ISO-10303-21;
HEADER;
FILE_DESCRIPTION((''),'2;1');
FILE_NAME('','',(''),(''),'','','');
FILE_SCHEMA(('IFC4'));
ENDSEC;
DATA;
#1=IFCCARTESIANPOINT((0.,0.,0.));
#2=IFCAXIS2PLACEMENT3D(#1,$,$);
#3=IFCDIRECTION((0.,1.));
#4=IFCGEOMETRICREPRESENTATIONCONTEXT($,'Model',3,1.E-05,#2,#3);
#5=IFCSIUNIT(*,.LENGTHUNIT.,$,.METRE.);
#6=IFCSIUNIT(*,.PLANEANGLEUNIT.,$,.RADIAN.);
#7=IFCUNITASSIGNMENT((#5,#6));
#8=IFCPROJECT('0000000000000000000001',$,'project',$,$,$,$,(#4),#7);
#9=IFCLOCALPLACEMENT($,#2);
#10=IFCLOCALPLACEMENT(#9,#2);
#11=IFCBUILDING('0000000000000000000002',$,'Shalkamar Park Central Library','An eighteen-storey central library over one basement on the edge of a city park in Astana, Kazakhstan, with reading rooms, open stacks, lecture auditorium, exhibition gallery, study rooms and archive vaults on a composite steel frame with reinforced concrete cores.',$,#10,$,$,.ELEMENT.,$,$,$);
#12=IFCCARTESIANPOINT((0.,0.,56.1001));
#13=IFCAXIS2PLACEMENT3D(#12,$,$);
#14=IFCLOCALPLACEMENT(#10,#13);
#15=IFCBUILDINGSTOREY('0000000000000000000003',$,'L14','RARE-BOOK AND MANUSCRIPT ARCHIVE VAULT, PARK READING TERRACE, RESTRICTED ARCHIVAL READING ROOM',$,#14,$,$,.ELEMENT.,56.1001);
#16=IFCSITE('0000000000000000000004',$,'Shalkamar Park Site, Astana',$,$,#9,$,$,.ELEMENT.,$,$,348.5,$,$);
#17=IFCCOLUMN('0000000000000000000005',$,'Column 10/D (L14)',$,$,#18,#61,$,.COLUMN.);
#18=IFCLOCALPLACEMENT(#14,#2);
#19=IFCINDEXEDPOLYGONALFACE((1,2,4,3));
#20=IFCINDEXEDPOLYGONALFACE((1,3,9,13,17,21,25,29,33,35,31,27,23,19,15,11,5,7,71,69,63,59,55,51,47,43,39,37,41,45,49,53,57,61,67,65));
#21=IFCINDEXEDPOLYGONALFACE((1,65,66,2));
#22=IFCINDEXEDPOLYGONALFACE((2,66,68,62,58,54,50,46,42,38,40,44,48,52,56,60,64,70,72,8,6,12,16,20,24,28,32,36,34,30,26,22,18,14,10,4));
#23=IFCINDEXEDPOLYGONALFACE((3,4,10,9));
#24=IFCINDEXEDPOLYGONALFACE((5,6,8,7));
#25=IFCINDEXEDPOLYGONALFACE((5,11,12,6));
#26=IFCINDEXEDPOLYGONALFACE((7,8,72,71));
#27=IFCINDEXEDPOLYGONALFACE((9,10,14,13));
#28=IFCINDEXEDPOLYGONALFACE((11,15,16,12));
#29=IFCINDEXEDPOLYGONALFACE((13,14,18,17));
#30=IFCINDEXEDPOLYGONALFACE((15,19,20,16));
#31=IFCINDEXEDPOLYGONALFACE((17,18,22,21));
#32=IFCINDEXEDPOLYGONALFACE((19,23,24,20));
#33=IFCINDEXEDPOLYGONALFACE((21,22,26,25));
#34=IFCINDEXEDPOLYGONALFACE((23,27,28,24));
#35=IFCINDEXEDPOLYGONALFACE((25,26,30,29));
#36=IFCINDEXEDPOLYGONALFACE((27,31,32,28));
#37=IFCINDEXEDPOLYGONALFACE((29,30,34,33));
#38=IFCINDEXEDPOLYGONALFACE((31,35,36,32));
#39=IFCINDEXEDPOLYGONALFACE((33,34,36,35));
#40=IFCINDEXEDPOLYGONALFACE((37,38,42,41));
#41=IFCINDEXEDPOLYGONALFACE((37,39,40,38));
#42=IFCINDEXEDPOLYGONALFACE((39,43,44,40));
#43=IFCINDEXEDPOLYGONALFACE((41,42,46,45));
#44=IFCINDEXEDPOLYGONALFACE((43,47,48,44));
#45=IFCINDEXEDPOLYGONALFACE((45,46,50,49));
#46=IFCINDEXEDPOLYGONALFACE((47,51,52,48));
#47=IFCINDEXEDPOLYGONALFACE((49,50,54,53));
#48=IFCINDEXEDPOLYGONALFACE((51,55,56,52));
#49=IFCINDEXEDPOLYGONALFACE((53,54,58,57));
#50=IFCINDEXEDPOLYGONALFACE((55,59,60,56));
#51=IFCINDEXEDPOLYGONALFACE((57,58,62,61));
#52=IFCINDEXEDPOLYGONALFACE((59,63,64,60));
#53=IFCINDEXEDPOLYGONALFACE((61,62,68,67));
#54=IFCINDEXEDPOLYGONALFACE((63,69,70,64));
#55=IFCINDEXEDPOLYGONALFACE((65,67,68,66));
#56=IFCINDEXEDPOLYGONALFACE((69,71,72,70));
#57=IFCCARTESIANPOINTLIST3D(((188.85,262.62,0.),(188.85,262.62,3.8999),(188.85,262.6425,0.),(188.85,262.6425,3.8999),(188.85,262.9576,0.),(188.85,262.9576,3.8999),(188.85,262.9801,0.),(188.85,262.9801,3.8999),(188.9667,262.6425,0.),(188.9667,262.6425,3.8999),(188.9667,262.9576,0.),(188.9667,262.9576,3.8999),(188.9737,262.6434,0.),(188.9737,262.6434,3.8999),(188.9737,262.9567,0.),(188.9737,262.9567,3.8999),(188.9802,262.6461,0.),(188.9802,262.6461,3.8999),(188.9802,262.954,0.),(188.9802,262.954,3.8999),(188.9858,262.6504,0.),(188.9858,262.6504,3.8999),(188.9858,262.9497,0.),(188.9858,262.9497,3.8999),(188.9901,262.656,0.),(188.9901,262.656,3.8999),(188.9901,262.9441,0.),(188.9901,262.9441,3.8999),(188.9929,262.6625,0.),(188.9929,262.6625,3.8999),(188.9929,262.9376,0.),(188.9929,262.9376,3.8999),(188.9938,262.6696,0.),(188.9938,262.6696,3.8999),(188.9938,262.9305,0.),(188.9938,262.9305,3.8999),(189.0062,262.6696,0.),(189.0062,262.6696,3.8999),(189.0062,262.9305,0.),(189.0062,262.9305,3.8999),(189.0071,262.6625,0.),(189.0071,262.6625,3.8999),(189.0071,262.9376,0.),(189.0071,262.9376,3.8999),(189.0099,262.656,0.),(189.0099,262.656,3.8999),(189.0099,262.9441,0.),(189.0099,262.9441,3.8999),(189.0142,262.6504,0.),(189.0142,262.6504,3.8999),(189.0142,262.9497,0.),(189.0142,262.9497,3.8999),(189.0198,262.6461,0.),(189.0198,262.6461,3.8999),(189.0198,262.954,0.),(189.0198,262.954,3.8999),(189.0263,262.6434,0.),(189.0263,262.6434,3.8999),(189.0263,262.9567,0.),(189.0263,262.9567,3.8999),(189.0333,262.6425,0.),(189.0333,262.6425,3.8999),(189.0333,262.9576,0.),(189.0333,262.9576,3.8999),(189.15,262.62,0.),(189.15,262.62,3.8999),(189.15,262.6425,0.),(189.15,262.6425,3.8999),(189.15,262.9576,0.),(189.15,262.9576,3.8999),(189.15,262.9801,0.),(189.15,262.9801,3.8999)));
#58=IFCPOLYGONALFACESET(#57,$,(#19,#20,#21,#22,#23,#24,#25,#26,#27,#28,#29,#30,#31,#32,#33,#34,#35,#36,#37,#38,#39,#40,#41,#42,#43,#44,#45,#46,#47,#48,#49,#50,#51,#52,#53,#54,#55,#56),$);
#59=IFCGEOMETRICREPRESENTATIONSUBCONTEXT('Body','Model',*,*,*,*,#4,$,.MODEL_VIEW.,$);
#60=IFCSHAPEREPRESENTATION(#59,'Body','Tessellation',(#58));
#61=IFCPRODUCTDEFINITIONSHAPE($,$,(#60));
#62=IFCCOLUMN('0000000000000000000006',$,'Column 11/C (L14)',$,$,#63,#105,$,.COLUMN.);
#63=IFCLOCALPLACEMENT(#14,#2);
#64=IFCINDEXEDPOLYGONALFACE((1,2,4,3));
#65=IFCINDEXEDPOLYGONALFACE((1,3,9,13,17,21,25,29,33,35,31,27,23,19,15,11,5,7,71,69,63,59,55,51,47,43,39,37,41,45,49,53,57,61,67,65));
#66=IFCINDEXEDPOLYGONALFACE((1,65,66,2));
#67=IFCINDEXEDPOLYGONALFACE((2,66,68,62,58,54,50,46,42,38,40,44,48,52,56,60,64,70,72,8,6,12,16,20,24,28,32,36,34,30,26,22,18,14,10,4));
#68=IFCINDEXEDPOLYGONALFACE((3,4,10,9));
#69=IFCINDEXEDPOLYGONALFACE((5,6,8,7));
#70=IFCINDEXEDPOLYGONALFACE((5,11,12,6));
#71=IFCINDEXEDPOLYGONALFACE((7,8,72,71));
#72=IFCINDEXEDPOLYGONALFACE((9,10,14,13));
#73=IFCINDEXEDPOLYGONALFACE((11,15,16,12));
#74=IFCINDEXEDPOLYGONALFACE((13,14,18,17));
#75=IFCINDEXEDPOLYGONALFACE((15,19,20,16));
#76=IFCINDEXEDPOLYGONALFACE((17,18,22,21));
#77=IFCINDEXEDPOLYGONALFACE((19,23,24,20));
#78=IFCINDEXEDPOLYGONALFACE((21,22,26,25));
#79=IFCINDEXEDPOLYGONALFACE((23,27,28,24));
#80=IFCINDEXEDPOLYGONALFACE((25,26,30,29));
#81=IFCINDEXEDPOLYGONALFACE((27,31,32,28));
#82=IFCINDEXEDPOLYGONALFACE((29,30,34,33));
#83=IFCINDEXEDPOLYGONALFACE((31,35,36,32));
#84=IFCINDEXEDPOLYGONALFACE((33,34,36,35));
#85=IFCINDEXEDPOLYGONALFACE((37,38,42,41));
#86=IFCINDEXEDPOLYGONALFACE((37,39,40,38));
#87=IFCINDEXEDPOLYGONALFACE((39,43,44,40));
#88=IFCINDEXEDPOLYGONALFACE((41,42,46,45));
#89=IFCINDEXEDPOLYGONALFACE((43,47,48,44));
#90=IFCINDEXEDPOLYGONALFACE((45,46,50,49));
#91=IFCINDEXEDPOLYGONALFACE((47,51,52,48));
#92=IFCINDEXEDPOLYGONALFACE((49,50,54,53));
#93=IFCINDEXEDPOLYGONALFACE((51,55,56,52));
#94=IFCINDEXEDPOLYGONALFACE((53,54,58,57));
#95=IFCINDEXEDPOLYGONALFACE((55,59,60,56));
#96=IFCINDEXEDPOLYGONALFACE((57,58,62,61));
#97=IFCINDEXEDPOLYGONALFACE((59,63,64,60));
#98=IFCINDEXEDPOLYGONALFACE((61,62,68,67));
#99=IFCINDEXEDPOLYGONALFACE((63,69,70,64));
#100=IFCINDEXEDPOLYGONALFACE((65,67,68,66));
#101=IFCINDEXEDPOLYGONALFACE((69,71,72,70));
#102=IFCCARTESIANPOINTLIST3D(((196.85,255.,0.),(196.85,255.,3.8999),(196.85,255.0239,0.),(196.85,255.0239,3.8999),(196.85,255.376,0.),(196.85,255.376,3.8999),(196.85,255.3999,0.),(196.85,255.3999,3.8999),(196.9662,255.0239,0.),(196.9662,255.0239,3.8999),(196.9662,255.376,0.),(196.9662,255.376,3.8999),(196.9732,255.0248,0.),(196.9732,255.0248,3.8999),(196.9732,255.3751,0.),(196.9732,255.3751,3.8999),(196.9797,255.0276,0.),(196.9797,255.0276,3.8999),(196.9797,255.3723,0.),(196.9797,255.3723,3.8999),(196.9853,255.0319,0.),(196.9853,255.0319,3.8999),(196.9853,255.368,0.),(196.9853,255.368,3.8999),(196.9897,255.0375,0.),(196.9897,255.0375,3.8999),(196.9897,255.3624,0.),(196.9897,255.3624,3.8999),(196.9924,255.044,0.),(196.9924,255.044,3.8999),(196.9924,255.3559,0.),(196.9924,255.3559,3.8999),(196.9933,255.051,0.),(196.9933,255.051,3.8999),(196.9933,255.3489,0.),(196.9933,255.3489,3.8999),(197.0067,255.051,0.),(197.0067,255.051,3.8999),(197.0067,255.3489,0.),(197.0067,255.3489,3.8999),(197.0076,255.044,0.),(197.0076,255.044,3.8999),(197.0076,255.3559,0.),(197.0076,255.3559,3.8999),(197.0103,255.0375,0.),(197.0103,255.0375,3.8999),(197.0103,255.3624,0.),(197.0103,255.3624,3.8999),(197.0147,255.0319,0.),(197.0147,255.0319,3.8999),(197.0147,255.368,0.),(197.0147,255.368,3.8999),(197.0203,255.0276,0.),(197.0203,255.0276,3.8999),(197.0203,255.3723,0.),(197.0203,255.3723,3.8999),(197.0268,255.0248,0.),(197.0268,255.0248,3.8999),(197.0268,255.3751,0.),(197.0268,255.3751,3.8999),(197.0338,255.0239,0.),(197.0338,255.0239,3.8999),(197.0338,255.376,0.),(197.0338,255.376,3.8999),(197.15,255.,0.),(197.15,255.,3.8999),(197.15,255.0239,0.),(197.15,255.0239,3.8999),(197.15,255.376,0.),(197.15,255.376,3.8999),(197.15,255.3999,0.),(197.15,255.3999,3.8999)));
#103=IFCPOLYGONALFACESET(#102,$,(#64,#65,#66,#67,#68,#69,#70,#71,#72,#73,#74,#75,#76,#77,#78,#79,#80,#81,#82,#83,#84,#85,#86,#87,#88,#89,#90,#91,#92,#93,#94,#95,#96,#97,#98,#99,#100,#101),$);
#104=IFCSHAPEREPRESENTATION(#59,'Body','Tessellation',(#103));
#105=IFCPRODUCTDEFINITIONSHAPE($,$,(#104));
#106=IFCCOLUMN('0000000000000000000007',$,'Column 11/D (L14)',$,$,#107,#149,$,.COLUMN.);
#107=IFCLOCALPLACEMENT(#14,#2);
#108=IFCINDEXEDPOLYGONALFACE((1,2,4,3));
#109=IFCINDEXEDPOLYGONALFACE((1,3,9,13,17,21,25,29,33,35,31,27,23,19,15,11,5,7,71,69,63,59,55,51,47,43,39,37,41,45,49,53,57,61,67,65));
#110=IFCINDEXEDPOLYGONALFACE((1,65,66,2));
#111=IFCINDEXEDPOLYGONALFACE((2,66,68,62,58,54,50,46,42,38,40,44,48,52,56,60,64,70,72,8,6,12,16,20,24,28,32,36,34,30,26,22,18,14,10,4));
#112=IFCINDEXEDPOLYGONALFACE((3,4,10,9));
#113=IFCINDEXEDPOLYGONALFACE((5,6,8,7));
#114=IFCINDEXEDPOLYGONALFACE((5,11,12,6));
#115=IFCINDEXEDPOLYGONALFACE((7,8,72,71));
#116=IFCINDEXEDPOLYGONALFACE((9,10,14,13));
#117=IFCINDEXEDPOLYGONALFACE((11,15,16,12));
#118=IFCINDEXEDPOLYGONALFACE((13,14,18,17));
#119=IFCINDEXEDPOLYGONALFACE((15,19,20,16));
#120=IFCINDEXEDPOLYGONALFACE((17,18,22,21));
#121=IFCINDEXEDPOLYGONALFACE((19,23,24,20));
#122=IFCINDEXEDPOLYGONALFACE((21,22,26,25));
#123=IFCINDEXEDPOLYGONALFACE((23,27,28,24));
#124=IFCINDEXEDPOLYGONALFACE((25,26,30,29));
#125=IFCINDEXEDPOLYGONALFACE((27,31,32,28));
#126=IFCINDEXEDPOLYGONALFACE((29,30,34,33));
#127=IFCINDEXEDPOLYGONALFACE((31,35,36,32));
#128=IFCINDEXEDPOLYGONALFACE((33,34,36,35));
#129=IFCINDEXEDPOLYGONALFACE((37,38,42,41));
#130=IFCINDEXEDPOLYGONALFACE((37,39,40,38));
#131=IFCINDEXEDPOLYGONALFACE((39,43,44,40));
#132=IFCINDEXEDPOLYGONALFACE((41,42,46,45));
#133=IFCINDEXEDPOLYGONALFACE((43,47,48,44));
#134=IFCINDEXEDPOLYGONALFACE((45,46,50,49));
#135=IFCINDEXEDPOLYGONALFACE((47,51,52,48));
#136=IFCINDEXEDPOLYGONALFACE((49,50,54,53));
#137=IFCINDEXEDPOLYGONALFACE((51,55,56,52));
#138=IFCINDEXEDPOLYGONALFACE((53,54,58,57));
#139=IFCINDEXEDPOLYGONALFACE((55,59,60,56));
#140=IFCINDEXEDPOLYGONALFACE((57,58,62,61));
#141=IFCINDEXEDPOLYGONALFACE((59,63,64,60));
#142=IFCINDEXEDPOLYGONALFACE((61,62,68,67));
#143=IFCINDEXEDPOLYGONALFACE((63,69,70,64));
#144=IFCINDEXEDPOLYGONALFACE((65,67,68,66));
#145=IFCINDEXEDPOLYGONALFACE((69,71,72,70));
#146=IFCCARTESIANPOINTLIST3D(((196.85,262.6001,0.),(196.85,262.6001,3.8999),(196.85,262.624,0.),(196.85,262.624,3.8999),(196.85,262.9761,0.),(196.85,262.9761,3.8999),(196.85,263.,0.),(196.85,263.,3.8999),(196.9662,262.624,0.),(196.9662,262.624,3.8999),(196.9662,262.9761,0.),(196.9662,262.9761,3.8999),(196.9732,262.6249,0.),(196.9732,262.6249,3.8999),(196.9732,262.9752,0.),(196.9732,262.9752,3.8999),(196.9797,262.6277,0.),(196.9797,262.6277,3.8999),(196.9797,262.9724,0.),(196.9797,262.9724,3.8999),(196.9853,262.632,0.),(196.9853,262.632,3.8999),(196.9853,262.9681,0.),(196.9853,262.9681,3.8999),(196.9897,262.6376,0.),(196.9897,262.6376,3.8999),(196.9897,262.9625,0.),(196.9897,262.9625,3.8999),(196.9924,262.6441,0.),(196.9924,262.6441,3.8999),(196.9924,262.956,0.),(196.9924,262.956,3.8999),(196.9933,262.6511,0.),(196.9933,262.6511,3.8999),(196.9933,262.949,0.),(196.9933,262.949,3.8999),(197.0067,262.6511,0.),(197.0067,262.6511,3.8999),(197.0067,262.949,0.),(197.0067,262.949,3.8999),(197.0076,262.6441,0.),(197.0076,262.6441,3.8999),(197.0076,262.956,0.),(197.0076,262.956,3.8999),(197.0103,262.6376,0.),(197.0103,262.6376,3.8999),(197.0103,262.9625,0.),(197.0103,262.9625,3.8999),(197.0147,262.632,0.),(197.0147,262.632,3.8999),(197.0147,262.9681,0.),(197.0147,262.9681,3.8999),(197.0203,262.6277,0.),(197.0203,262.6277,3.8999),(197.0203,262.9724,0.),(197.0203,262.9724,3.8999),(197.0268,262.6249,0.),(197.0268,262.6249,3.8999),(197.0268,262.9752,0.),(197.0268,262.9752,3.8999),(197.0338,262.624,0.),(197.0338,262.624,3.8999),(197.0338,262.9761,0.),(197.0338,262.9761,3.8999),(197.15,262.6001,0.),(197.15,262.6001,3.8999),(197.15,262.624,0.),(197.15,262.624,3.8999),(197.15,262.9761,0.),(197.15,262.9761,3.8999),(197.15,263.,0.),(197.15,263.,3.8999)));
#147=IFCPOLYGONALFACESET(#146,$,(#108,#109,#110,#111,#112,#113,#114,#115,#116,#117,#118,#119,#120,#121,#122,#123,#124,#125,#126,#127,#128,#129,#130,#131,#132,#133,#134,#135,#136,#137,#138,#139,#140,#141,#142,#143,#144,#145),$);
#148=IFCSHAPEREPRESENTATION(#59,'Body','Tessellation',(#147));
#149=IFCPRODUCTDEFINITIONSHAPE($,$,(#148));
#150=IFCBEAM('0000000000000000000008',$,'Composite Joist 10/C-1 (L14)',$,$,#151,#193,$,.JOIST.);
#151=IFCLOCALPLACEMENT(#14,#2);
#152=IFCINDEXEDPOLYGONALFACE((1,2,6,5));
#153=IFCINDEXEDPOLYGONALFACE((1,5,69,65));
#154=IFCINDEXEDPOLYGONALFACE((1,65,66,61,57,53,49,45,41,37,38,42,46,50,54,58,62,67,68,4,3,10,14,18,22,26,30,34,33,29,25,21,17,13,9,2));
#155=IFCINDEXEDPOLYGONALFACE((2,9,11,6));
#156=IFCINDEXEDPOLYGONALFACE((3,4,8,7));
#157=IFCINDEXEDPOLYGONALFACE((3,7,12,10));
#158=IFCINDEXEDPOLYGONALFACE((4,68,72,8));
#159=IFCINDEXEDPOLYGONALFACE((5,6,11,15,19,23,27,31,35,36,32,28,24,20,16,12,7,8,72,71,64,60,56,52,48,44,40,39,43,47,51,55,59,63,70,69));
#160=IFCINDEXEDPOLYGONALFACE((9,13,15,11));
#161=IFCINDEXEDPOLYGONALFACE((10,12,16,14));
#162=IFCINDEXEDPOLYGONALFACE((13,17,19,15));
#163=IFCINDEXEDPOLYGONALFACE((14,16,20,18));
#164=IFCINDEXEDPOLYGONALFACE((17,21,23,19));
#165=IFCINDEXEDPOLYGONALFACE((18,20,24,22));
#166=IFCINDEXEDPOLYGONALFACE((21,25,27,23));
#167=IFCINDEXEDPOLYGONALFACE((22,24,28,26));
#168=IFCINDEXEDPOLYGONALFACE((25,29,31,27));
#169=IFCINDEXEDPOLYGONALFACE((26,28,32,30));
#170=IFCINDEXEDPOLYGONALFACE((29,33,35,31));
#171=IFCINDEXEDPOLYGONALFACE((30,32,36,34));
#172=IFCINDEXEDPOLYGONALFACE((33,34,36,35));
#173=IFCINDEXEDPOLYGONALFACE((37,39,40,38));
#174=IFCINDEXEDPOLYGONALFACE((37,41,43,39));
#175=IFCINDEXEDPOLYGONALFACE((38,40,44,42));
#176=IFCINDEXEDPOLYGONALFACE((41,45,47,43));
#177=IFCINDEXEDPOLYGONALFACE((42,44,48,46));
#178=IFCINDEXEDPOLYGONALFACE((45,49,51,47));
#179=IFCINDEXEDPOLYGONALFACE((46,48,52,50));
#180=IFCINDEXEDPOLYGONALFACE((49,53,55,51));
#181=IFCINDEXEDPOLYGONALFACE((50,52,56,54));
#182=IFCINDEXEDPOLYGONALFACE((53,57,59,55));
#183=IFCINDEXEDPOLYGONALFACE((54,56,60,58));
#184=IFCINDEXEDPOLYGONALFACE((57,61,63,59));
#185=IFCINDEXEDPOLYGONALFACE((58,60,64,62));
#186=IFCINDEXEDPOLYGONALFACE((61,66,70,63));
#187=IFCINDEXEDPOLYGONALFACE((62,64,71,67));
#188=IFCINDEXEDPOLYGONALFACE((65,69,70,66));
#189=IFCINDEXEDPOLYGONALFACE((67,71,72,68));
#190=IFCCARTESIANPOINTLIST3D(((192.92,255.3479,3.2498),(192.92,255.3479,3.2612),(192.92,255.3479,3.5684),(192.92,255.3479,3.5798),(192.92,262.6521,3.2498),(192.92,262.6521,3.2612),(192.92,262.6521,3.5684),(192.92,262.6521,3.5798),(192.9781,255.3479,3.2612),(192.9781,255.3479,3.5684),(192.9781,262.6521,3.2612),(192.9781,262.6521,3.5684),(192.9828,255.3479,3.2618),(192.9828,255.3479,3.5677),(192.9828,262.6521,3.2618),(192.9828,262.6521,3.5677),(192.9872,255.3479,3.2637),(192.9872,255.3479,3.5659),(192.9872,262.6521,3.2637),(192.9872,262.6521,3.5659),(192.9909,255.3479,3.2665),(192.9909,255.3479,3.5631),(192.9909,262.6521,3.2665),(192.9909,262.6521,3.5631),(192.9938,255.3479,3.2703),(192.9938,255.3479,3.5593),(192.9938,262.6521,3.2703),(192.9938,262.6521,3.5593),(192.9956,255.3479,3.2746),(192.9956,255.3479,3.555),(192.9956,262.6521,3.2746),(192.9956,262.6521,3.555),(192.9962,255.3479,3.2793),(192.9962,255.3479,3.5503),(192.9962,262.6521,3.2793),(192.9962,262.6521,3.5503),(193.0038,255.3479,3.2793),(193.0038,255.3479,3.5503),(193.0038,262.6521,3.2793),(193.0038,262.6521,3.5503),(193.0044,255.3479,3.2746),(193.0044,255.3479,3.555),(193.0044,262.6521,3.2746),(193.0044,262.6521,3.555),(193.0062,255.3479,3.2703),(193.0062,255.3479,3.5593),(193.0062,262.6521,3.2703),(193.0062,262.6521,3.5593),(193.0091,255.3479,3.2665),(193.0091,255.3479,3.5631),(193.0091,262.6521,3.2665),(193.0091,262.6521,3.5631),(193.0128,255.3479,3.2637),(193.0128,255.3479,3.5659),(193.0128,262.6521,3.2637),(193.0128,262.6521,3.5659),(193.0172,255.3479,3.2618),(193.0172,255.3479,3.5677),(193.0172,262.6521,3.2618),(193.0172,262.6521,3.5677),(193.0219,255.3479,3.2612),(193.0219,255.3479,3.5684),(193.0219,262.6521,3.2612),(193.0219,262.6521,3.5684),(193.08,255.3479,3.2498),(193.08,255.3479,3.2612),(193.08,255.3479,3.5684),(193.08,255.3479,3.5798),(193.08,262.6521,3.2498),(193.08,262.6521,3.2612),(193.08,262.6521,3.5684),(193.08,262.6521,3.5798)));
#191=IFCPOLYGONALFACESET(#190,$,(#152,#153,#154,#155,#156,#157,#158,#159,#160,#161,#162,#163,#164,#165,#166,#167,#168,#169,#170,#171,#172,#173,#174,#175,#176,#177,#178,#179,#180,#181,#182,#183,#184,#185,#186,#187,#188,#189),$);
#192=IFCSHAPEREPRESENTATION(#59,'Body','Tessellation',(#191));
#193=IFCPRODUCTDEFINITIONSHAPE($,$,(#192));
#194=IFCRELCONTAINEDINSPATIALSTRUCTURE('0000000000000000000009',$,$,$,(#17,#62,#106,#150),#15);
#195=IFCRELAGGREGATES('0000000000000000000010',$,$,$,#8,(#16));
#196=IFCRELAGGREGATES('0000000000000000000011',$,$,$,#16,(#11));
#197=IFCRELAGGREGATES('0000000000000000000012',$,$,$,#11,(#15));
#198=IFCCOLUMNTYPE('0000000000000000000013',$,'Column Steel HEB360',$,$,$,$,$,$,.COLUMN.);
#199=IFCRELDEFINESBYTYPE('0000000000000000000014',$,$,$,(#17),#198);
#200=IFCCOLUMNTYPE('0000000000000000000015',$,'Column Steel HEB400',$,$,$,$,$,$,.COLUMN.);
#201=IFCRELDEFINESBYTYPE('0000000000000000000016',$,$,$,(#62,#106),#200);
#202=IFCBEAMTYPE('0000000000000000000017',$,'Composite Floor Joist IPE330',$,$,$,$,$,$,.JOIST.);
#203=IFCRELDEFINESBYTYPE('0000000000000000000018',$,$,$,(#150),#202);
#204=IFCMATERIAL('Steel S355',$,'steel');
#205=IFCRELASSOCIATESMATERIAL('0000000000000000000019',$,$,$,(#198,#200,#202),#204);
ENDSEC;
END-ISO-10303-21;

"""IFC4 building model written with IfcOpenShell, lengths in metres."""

from ifc_helpers import new_model, si_unit, direction, frame, origin, origin_2d, place, context, subcontext, project, spatial, i_section, extrude, material, material_profile, profile_set, type_object, element, save


model = new_model("IFC4")

# Units and contexts
model_context = context("Model", 3, precision=1e-05, world=origin(), true_north=direction((0.0, 1.0)))
body_context = subcontext(model_context, "Body", "Model", "MODEL_VIEW")
ifc_project = project(units=[si_unit("LENGTHUNIT", "METRE"), si_unit("PLANEANGLEUNIT", "RADIAN")], contexts=[model_context])

# Site, building, storey
site_placement = place(None, origin())
site = spatial("IfcSite", under=ifc_project, at=site_placement, Name="Shalkamar Park Site, Astana", CompositionType="ELEMENT", RefElevation=348.5)
building_placement = place(site_placement, origin())
building = spatial("IfcBuilding", under=site, at=building_placement, Name="Shalkamar Park Central Library", Description="An eighteen-storey central library over one basement on the edge of a city park in Astana, Kazakhstan, with reading rooms, open stacks, lecture auditorium, exhibition gallery, study rooms and archive vaults on a composite steel frame with reinforced concrete cores.", CompositionType="ELEMENT")
storey_placement = place(building_placement, frame((0.0, 0.0, 56.1001)))
storey = spatial("IfcBuildingStorey", under=building, at=storey_placement, Name="L14", Description="RARE-BOOK AND MANUSCRIPT ARCHIVE VAULT, PARK READING TERRACE, RESTRICTED ARCHIVAL READING ROOM", CompositionType="ELEMENT", Elevation=56.1001)

# Columns
ifc_material_1 = material(Name="Steel S355", Category="steel")
ifc_material_profile_1 = material_profile(ifc_material_1, i_section(OverallWidth=0.3, OverallDepth=0.3601, WebThickness=0.0125, FlangeThickness=0.0225, FilletRadius=0.0271, at=origin_2d()), Name="HEB 360")
ifc_profile_set_1 = profile_set([ifc_material_profile_1], Name="Steel S355")
column_type_1 = type_object("IfcColumnType", Name="Column Steel HEB360", PredefinedType="COLUMN", material=ifc_profile_set_1)
column_placement = place(storey_placement, frame((189.0, 262.8, 0.0), z_axis=(0.0, 0.0, 1.0), x_axis=(1.0, 0.0, 0.0)))
element("IfcColumn", 1, at=column_placement, inside=storey, type_object=column_type_1, Name="Column 10/D (L14)", PredefinedType="COLUMN", context=body_context, shape_type="SweptSolid", body=[
    extrude(i_section(OverallWidth=0.3, OverallDepth=0.3601, WebThickness=0.0125, FlangeThickness=0.0225, FilletRadius=0.0271, at=origin_2d()), origin(), (0.0, 0.0, 1.0), 3.8999),
])
ifc_material_profile_2 = material_profile(ifc_material_1, i_section(OverallWidth=0.3, OverallDepth=0.3999, WebThickness=0.0134, FlangeThickness=0.0239, FilletRadius=0.0271, at=origin_2d()), Name="HEB 400")
ifc_profile_set_2 = profile_set([ifc_material_profile_2], Name="Steel S355")
column_type_2 = type_object("IfcColumnType", Name="Column Steel HEB400", PredefinedType="COLUMN", material=ifc_profile_set_2)
for number, where, z_axis, x_axis, name in (
    (2, (197.0, 255.2, 0.0), (0.0, 0.0, 1.0), (1.0, 0.0, 0.0), "Column 11/C (L14)"),
    (3, (197.0, 262.8, 0.0), (0.0, 0.0, 1.0), (1.0, 0.0, 0.0), "Column 11/D (L14)"),
):
    element("IfcColumn", number, at=place(storey_placement, frame(where, z_axis=z_axis, x_axis=x_axis)), inside=storey, type_object=column_type_2, Name=name, PredefinedType="COLUMN", context=body_context, shape_type="SweptSolid", body=[
        extrude(i_section(OverallWidth=0.3, OverallDepth=0.3999, WebThickness=0.0134, FlangeThickness=0.0239, FilletRadius=0.0271, at=origin_2d()), origin(), (0.0, 0.0, 1.0), 3.8999),
    ])

# Beam
ifc_material_profile_3 = material_profile(ifc_material_1, i_section(OverallWidth=0.1599, OverallDepth=0.3301, WebThickness=0.0076, FlangeThickness=0.0115, FilletRadius=0.0181, at=origin_2d()), Name="IPE 330")
ifc_profile_set_3 = profile_set([ifc_material_profile_3], Name="Steel S355")
beam_type_1 = type_object("IfcBeamType", Name="Composite Floor Joist IPE330", PredefinedType="JOIST", material=ifc_profile_set_3)
beam_1_placement = place(storey_placement, frame((193.0, 255.3479, 3.4148), z_axis=(0.0, 1.0, 0.0), x_axis=(-1.0, 0.0, 0.0)))
element("IfcBeam", 4, at=beam_1_placement, inside=storey, type_object=beam_type_1, Name="Composite Joist 10/C-1 (L14)", PredefinedType="JOIST", context=body_context, shape_type="SweptSolid", body=[
    extrude(i_section(OverallWidth=0.1599, OverallDepth=0.3301, WebThickness=0.0076, FlangeThickness=0.0115, FilletRadius=0.0181, at=origin_2d()), origin(), (0.0, 0.0, 1.0), 7.3042),
])

save(model, "model.ifc")
